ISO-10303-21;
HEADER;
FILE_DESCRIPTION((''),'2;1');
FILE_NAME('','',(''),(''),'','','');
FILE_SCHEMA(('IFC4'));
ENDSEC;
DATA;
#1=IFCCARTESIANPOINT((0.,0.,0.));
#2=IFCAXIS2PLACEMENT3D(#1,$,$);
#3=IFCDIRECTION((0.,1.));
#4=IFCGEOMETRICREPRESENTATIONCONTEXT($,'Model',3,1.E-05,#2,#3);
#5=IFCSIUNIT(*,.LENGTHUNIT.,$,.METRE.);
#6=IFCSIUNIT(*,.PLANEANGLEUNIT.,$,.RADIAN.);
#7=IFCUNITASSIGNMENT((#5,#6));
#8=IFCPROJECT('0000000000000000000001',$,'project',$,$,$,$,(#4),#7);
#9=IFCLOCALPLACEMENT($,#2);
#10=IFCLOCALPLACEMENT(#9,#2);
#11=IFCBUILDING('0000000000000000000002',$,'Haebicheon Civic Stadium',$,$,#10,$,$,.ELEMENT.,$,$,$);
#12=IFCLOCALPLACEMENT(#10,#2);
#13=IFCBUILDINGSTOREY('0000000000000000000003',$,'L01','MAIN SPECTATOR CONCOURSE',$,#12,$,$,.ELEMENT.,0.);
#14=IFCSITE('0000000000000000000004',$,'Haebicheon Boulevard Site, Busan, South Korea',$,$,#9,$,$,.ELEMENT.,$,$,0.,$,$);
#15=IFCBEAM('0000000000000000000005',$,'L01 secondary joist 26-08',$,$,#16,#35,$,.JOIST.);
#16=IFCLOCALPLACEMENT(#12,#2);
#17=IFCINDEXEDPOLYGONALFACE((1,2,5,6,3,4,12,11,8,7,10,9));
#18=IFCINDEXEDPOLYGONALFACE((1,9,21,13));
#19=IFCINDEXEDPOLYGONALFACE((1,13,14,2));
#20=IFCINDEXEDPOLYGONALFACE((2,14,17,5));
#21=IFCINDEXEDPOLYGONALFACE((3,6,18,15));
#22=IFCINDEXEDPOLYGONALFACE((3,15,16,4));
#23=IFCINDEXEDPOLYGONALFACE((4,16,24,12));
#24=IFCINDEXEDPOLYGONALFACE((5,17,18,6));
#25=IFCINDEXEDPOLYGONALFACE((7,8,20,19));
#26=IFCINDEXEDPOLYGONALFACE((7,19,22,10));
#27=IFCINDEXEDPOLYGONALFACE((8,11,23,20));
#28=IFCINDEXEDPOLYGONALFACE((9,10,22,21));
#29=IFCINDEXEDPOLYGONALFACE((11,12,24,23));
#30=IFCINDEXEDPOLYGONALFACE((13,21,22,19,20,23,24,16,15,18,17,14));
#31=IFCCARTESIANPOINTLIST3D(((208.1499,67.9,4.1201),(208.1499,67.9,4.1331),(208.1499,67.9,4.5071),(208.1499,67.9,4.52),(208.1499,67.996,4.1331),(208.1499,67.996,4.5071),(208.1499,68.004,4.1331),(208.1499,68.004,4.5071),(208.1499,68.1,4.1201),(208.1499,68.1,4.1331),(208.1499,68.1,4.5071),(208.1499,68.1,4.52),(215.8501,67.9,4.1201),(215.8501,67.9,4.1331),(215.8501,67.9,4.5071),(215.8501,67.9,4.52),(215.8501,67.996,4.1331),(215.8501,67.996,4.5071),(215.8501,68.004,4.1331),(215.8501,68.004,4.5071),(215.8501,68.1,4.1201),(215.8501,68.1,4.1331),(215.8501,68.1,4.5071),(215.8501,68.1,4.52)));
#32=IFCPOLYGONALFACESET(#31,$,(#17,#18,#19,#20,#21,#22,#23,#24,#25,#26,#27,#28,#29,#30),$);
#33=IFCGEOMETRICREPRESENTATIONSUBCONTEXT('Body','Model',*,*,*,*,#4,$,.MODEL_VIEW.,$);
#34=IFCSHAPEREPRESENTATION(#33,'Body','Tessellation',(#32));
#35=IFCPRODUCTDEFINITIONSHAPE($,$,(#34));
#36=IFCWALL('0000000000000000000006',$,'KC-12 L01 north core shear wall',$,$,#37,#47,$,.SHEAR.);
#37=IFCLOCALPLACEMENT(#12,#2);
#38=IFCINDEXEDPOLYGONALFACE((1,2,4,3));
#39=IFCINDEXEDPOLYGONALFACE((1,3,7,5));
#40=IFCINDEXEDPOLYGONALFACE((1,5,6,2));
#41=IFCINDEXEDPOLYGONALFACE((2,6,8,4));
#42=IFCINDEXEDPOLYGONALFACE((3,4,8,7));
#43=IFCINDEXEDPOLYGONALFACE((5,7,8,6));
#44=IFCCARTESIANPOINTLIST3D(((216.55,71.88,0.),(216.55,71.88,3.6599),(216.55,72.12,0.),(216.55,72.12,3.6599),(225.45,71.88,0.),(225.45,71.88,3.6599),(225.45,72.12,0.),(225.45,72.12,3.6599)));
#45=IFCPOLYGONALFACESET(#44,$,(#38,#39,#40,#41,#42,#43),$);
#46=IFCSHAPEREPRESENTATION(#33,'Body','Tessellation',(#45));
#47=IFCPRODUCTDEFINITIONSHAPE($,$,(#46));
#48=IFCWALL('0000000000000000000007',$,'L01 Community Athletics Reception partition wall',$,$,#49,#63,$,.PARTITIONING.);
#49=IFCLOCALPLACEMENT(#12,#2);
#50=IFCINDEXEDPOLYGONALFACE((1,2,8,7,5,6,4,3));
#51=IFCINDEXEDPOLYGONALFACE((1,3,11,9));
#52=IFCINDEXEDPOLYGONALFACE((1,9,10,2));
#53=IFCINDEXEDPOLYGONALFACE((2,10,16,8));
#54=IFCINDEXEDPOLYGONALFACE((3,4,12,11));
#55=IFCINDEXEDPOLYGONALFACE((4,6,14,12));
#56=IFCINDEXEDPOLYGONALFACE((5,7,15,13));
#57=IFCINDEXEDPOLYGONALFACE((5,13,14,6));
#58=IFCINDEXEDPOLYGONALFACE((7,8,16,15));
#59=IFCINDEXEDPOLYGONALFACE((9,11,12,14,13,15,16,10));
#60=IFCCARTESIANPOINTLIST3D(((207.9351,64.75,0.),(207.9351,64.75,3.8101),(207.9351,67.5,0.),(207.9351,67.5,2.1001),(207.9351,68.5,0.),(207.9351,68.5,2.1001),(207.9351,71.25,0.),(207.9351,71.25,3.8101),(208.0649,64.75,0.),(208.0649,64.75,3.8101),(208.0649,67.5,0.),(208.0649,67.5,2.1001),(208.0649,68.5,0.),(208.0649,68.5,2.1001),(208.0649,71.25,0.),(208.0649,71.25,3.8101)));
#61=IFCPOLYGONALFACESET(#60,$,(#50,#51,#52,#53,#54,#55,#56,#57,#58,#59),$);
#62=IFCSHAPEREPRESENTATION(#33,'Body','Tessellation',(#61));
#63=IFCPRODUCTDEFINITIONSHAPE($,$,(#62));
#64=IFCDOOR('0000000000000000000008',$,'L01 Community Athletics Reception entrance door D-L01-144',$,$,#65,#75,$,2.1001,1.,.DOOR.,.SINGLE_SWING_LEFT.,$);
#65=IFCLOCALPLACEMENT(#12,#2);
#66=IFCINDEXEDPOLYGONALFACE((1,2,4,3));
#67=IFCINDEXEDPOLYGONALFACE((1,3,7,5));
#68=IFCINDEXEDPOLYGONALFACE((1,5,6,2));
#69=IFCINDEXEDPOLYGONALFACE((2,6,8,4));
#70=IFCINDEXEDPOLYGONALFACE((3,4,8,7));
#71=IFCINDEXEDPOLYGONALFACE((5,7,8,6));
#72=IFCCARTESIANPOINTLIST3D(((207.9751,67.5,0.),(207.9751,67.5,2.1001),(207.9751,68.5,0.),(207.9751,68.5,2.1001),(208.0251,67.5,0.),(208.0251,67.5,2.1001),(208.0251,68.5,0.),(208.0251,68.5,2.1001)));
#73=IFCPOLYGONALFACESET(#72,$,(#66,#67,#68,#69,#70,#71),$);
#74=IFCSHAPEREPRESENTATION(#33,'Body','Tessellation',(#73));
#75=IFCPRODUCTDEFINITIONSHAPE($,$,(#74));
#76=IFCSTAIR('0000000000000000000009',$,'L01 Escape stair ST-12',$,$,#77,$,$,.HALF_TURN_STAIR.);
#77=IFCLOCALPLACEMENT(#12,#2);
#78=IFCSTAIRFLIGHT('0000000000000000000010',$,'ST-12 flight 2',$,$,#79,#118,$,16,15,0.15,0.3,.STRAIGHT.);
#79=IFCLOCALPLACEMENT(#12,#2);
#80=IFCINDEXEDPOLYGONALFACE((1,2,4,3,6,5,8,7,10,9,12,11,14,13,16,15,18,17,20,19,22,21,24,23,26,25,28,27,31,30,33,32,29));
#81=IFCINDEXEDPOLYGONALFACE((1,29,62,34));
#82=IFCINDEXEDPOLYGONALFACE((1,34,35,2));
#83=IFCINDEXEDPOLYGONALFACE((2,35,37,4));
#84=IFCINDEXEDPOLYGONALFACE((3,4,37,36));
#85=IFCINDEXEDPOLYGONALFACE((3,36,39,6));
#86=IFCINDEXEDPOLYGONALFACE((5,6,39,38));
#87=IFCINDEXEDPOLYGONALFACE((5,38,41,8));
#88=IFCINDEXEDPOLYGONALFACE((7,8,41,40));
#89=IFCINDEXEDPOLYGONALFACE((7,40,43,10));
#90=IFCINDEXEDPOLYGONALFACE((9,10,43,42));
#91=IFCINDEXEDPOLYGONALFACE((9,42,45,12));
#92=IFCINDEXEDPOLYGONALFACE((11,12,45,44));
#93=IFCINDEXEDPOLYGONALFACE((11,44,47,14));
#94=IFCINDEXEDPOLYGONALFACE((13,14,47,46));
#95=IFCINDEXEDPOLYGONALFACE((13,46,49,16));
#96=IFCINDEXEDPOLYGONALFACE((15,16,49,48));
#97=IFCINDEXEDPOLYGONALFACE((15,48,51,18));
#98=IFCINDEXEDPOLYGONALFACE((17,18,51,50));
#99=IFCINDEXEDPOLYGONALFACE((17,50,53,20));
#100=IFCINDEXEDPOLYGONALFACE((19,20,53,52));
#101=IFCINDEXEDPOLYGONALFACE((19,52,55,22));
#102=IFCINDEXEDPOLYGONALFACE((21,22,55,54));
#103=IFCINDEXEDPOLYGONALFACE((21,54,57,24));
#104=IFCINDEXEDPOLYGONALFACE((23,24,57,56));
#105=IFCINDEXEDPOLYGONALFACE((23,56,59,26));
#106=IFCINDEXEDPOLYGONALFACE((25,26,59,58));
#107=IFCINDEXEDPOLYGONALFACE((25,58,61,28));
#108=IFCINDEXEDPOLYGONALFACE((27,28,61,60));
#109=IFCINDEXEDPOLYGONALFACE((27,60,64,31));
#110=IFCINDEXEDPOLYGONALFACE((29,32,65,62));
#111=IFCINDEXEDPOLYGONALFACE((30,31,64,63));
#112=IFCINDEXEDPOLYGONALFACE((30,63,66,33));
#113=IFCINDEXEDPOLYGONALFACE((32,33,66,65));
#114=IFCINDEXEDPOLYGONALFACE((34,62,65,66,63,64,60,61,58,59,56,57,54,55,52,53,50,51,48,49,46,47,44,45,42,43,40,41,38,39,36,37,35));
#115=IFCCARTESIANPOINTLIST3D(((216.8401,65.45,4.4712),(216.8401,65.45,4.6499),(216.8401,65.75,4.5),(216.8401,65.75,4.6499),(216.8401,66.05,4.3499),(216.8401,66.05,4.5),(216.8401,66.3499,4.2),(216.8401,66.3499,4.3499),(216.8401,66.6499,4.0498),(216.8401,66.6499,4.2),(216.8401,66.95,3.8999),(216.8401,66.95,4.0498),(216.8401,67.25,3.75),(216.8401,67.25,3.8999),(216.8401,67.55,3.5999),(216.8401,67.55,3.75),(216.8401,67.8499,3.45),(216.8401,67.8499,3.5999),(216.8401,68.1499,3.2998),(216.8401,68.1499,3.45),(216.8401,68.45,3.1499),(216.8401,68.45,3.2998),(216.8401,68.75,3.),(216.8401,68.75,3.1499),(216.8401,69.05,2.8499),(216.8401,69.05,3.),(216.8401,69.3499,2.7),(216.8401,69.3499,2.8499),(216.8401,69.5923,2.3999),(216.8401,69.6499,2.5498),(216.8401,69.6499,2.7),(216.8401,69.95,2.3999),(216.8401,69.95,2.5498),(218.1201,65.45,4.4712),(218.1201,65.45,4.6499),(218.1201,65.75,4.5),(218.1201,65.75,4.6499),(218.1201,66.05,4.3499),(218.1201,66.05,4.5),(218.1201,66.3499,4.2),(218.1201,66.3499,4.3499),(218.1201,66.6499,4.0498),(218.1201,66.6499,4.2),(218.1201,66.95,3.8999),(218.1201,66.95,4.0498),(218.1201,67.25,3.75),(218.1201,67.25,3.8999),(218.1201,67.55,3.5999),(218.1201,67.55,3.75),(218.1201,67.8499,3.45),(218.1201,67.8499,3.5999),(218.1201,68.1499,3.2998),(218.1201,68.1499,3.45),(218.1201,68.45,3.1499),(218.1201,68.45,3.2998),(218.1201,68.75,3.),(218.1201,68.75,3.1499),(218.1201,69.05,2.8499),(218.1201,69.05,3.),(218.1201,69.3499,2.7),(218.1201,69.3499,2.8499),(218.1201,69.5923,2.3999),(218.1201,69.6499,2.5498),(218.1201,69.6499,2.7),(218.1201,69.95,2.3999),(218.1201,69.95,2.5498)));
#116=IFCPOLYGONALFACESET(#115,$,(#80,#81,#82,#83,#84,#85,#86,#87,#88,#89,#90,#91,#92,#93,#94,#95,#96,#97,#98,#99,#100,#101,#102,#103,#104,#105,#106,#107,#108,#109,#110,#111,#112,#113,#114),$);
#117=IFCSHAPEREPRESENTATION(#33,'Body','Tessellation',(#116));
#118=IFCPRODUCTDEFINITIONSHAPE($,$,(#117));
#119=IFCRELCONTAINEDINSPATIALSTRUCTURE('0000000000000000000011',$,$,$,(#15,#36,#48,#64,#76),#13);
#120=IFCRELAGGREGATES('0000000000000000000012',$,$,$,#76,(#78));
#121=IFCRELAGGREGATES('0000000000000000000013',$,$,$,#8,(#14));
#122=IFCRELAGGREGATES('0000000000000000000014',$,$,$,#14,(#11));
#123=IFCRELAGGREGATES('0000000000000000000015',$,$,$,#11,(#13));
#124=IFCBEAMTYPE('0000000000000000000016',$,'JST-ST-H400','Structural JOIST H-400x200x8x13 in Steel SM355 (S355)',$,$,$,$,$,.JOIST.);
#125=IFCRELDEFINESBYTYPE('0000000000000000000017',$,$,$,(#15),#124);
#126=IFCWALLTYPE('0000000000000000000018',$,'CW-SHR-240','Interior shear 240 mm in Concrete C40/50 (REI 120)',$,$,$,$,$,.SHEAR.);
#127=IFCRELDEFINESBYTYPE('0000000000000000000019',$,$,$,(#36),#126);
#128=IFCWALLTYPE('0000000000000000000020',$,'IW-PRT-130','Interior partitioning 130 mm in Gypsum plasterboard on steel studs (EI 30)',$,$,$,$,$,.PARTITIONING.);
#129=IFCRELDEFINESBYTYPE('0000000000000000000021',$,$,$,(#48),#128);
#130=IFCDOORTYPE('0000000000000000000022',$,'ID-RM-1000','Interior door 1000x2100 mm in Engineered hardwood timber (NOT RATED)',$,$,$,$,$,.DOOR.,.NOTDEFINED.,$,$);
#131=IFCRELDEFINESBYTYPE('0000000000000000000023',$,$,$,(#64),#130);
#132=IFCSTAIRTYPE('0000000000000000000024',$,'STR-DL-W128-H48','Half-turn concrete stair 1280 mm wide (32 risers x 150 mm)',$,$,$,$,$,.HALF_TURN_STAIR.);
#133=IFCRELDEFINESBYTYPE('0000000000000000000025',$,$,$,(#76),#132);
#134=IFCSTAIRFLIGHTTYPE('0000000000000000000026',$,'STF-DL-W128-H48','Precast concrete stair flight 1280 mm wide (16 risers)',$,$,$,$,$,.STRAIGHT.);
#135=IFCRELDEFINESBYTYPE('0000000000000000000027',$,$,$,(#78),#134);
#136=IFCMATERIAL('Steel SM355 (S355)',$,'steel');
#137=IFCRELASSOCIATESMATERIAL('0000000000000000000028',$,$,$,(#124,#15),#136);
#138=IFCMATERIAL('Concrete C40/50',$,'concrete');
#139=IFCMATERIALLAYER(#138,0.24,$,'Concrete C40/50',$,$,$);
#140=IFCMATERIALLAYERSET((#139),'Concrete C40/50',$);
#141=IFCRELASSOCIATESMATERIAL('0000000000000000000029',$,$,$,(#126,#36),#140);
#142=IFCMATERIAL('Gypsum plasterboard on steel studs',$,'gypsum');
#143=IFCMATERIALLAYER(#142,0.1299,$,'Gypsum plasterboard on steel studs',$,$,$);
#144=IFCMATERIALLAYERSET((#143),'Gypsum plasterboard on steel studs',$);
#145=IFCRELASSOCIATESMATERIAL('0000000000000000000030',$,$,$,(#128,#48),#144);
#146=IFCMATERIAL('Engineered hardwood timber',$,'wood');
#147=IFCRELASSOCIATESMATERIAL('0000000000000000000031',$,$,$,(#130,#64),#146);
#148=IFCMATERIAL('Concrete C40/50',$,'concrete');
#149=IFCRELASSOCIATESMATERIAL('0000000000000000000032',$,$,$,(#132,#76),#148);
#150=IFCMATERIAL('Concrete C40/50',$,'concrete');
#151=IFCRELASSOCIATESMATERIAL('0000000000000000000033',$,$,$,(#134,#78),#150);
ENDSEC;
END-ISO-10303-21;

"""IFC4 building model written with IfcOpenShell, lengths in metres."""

from ifc_helpers import new_model, si_unit, direction, frame, frame_2d, origin, origin_2d, place, context, subcontext, project, spatial, polyline, rectangle, i_section, outline, extrude, material, layer, layer_set, material_profile, profile_set, type_object, element, fill, aggregate, save


model = new_model("IFC4")

# Units and contexts
model_context = context("Model", 3, precision=1e-05, world=origin(), true_north=direction((0.0, 1.0)))
body_context = subcontext(model_context, "Body", "Model", "MODEL_VIEW")
ifc_project = project(units=[si_unit("LENGTHUNIT", "METRE"), si_unit("PLANEANGLEUNIT", "RADIAN")], contexts=[model_context])

# Site, building, storey
site_placement = place(None, origin())
site = spatial("IfcSite", under=ifc_project, at=site_placement, Name="Haebicheon Boulevard Site, Busan, South Korea", CompositionType="ELEMENT", RefElevation=0.0)
building_placement = place(site_placement, origin())
building = spatial("IfcBuilding", under=site, at=building_placement, Name="Haebicheon Civic Stadium", CompositionType="ELEMENT")
storey_placement = place(building_placement, origin())
storey = spatial("IfcBuildingStorey", under=building, at=storey_placement, Name="L01", Description="MAIN SPECTATOR CONCOURSE", CompositionType="ELEMENT", Elevation=0.0)

# Beam
ifc_material_1 = material(Name="Steel SM355 (S355)", Category="steel")
ifc_material_profile_1 = material_profile(ifc_material_1, i_section(OverallWidth=0.2, OverallDepth=0.3999, WebThickness=0.0081, FlangeThickness=0.0129, at=origin_2d()), Name="H-400x200x8x13")
ifc_profile_set_1 = profile_set([ifc_material_profile_1], Name="Steel SM355 (S355)")
beam_type_1 = type_object("IfcBeamType", Name="JST-ST-H400", Description="Structural JOIST H-400x200x8x13 in Steel SM355 (S355)", PredefinedType="JOIST", material=ifc_profile_set_1)
beam_1_placement = place(storey_placement, frame((208.1499, 68.0, 4.3201), z_axis=(1.0, 0.0, 0.0), x_axis=(0.0, 1.0, 0.0)))
element("IfcBeam", 1, at=beam_1_placement, inside=storey, type_object=beam_type_1, material=ifc_profile_set_1, Name="L01 secondary joist 26-08", PredefinedType="JOIST", context=body_context, shape_type="SweptSolid", body=[
    extrude(i_section(OverallWidth=0.2, OverallDepth=0.3999, WebThickness=0.0081, FlangeThickness=0.0129, at=origin_2d()), origin(), (0.0, 0.0, 1.0), 7.7002),
])

# Wall
ifc_material_2 = material(Name="Concrete C40/50", Category="concrete")
ifc_layer_1 = layer(ifc_material_2, 0.24, Name="Concrete C40/50")
ifc_layer_set_1 = layer_set([ifc_layer_1], Name="Concrete C40/50")
wall_type_1 = type_object("IfcWallType", Name="CW-SHR-240", Description="Interior shear 240 mm in Concrete C40/50 (REI 120)", PredefinedType="SHEAR", material=ifc_layer_set_1)
wall_1_placement = place(storey_placement, frame((216.55, 72.0, 0.0), z_axis=(0.0, 0.0, 1.0), x_axis=(1.0, 0.0, 0.0)))
element("IfcWall", 2, at=wall_1_placement, inside=storey, type_object=wall_type_1, material=ifc_layer_set_1, Name="KC-12 L01 north core shear wall", PredefinedType="SHEAR", context=body_context, shape_type="SweptSolid", body=[
    extrude(rectangle(XDim=8.8999, YDim=0.24, at=frame_2d((4.45, 0.0))), origin(), (0.0, 0.0, 1.0), 3.6599),
])

# Wall, opening, door
ifc_material_3 = material(Name="Gypsum plasterboard on steel studs", Category="gypsum")
ifc_layer_2 = layer(ifc_material_3, 0.1299, Name="Gypsum plasterboard on steel studs")
ifc_layer_set_2 = layer_set([ifc_layer_2], Name="Gypsum plasterboard on steel studs")
wall_type_2 = type_object("IfcWallType", Name="IW-PRT-130", Description="Interior partitioning 130 mm in Gypsum plasterboard on steel studs (EI 30)", PredefinedType="PARTITIONING", material=ifc_layer_set_2)
wall_2_placement = place(storey_placement, frame((208.0, 64.75, 0.0), z_axis=(0.0, 0.0, 1.0), x_axis=(0.0, 1.0, 0.0)))
wall_2 = element("IfcWall", 3, at=wall_2_placement, inside=storey, type_object=wall_type_2, material=ifc_layer_set_2, Name="L01 Community Athletics Reception partition wall", PredefinedType="PARTITIONING", context=body_context, shape_type="SweptSolid", body=[
    extrude(rectangle(XDim=6.5, YDim=0.1299, at=frame_2d((3.25, 0.0))), origin(), (0.0, 0.0, 1.0), 3.8101),
])
opening_placement = place(wall_2_placement, frame((2.75, 0.0, 0.0)))
opening = element("IfcOpeningElement", 4, at=opening_placement, cuts=wall_2, PredefinedType="OPENING", context=body_context, shape_type="SweptSolid", body=[
    extrude(rectangle(XDim=1.0, YDim=2.1001, at=frame_2d((0.5, 1.05))), frame((0.0, 0.075, 0.0), z_axis=(0.0, -1.0, 0.0), x_axis=(1.0, 0.0, 0.0)), (0.0, 0.0, 1.0), 0.1499),
])
ifc_material_4 = material(Name="Engineered hardwood timber", Category="wood")
door_type = type_object("IfcDoorType", Name="ID-RM-1000", Description="Interior door 1000x2100 mm in Engineered hardwood timber (NOT RATED)", OperationType="NOTDEFINED", PredefinedType="DOOR", material=ifc_material_4)
door_placement = place(opening_placement, origin())
door = element("IfcDoor", 5, at=door_placement, inside=storey, type_object=door_type, material=ifc_material_4, Name="L01 Community Athletics Reception entrance door D-L01-144", OperationType="SINGLE_SWING_LEFT", OverallHeight=2.1001, OverallWidth=1.0, PredefinedType="DOOR", context=body_context, shape_type="SweptSolid", body=[
    extrude(rectangle(XDim=1.0, YDim=2.1001, at=frame_2d((0.5, 1.05))), frame((0.0, 0.0249, 0.0), z_axis=(0.0, -1.0, 0.0), x_axis=(1.0, 0.0, 0.0)), (0.0, 0.0, 1.0), 0.05),
])
fill(opening, door)

# Stair, stair flight
ifc_material_5 = material(Name="Concrete C40/50", Category="concrete")
stair_type = type_object("IfcStairType", Name="STR-DL-W128-H48", Description="Half-turn concrete stair 1280 mm wide (32 risers x 150 mm)", PredefinedType="HALF_TURN_STAIR", material=ifc_material_5)
stair_placement = place(storey_placement, origin())
stair = element("IfcStair", 6, at=stair_placement, inside=storey, type_object=stair_type, material=ifc_material_5, Name="L01 Escape stair ST-12", PredefinedType="HALF_TURN_STAIR")
ifc_material_6 = material(Name="Concrete C40/50", Category="concrete")
stair_flight_type = type_object("IfcStairFlightType", Name="STF-DL-W128-H48", Description="Precast concrete stair flight 1280 mm wide (16 risers)", PredefinedType="STRAIGHT", material=ifc_material_6)
stair_flight_placement = place(storey_placement, frame((217.48, 69.95, 2.3999), z_axis=(0.0, 0.0, 1.0), x_axis=(0.0, -1.0, 0.0)))
stair_flight = element("IfcStairFlight", 7, at=stair_flight_placement, type_object=stair_flight_type, material=ifc_material_6, Name="ST-12 flight 2", NumberOfRisers=16, NumberOfTreads=15, PredefinedType="STRAIGHT", RiserHeight=0.15, TreadLength=0.3, context=body_context, shape_type="SweptSolid", body=[
    extrude(outline(polyline([(0.0, 0.0), (0.0, 0.1499), (0.3, 0.1499), (0.3, 0.3), (0.6001, 0.3), (0.6001, 0.45), (0.8999, 0.45), (0.8999, 0.6001), (1.2, 0.6001), (1.2, 0.75), (1.5, 0.75), (1.5, 0.8999), (1.8, 0.8999), (1.8, 1.05), (2.1001, 1.05), (2.1001, 1.2), (2.3999, 1.2), (2.3999, 1.3501), (2.7, 1.3501), (2.7, 1.5), (3.0, 1.5), (3.0, 1.6499), (3.3, 1.6499), (3.3, 1.8), (3.6001, 1.8), (3.6001, 1.95), (3.8999, 1.95), (3.8999, 2.1001), (4.2, 2.1001), (4.2, 2.25), (4.5, 2.25), (4.5, 2.3999), (4.5, 2.0713), (0.3577, 0.0), (0.0, 0.0)])), frame((0.0, 0.6401, 0.0), z_axis=(0.0, -1.0, 0.0), x_axis=(1.0, 0.0, 0.0)), (0.0, 0.0, 1.0), 1.28),
])
aggregate(stair, [stair_flight])

save(model, "model.ifc")
